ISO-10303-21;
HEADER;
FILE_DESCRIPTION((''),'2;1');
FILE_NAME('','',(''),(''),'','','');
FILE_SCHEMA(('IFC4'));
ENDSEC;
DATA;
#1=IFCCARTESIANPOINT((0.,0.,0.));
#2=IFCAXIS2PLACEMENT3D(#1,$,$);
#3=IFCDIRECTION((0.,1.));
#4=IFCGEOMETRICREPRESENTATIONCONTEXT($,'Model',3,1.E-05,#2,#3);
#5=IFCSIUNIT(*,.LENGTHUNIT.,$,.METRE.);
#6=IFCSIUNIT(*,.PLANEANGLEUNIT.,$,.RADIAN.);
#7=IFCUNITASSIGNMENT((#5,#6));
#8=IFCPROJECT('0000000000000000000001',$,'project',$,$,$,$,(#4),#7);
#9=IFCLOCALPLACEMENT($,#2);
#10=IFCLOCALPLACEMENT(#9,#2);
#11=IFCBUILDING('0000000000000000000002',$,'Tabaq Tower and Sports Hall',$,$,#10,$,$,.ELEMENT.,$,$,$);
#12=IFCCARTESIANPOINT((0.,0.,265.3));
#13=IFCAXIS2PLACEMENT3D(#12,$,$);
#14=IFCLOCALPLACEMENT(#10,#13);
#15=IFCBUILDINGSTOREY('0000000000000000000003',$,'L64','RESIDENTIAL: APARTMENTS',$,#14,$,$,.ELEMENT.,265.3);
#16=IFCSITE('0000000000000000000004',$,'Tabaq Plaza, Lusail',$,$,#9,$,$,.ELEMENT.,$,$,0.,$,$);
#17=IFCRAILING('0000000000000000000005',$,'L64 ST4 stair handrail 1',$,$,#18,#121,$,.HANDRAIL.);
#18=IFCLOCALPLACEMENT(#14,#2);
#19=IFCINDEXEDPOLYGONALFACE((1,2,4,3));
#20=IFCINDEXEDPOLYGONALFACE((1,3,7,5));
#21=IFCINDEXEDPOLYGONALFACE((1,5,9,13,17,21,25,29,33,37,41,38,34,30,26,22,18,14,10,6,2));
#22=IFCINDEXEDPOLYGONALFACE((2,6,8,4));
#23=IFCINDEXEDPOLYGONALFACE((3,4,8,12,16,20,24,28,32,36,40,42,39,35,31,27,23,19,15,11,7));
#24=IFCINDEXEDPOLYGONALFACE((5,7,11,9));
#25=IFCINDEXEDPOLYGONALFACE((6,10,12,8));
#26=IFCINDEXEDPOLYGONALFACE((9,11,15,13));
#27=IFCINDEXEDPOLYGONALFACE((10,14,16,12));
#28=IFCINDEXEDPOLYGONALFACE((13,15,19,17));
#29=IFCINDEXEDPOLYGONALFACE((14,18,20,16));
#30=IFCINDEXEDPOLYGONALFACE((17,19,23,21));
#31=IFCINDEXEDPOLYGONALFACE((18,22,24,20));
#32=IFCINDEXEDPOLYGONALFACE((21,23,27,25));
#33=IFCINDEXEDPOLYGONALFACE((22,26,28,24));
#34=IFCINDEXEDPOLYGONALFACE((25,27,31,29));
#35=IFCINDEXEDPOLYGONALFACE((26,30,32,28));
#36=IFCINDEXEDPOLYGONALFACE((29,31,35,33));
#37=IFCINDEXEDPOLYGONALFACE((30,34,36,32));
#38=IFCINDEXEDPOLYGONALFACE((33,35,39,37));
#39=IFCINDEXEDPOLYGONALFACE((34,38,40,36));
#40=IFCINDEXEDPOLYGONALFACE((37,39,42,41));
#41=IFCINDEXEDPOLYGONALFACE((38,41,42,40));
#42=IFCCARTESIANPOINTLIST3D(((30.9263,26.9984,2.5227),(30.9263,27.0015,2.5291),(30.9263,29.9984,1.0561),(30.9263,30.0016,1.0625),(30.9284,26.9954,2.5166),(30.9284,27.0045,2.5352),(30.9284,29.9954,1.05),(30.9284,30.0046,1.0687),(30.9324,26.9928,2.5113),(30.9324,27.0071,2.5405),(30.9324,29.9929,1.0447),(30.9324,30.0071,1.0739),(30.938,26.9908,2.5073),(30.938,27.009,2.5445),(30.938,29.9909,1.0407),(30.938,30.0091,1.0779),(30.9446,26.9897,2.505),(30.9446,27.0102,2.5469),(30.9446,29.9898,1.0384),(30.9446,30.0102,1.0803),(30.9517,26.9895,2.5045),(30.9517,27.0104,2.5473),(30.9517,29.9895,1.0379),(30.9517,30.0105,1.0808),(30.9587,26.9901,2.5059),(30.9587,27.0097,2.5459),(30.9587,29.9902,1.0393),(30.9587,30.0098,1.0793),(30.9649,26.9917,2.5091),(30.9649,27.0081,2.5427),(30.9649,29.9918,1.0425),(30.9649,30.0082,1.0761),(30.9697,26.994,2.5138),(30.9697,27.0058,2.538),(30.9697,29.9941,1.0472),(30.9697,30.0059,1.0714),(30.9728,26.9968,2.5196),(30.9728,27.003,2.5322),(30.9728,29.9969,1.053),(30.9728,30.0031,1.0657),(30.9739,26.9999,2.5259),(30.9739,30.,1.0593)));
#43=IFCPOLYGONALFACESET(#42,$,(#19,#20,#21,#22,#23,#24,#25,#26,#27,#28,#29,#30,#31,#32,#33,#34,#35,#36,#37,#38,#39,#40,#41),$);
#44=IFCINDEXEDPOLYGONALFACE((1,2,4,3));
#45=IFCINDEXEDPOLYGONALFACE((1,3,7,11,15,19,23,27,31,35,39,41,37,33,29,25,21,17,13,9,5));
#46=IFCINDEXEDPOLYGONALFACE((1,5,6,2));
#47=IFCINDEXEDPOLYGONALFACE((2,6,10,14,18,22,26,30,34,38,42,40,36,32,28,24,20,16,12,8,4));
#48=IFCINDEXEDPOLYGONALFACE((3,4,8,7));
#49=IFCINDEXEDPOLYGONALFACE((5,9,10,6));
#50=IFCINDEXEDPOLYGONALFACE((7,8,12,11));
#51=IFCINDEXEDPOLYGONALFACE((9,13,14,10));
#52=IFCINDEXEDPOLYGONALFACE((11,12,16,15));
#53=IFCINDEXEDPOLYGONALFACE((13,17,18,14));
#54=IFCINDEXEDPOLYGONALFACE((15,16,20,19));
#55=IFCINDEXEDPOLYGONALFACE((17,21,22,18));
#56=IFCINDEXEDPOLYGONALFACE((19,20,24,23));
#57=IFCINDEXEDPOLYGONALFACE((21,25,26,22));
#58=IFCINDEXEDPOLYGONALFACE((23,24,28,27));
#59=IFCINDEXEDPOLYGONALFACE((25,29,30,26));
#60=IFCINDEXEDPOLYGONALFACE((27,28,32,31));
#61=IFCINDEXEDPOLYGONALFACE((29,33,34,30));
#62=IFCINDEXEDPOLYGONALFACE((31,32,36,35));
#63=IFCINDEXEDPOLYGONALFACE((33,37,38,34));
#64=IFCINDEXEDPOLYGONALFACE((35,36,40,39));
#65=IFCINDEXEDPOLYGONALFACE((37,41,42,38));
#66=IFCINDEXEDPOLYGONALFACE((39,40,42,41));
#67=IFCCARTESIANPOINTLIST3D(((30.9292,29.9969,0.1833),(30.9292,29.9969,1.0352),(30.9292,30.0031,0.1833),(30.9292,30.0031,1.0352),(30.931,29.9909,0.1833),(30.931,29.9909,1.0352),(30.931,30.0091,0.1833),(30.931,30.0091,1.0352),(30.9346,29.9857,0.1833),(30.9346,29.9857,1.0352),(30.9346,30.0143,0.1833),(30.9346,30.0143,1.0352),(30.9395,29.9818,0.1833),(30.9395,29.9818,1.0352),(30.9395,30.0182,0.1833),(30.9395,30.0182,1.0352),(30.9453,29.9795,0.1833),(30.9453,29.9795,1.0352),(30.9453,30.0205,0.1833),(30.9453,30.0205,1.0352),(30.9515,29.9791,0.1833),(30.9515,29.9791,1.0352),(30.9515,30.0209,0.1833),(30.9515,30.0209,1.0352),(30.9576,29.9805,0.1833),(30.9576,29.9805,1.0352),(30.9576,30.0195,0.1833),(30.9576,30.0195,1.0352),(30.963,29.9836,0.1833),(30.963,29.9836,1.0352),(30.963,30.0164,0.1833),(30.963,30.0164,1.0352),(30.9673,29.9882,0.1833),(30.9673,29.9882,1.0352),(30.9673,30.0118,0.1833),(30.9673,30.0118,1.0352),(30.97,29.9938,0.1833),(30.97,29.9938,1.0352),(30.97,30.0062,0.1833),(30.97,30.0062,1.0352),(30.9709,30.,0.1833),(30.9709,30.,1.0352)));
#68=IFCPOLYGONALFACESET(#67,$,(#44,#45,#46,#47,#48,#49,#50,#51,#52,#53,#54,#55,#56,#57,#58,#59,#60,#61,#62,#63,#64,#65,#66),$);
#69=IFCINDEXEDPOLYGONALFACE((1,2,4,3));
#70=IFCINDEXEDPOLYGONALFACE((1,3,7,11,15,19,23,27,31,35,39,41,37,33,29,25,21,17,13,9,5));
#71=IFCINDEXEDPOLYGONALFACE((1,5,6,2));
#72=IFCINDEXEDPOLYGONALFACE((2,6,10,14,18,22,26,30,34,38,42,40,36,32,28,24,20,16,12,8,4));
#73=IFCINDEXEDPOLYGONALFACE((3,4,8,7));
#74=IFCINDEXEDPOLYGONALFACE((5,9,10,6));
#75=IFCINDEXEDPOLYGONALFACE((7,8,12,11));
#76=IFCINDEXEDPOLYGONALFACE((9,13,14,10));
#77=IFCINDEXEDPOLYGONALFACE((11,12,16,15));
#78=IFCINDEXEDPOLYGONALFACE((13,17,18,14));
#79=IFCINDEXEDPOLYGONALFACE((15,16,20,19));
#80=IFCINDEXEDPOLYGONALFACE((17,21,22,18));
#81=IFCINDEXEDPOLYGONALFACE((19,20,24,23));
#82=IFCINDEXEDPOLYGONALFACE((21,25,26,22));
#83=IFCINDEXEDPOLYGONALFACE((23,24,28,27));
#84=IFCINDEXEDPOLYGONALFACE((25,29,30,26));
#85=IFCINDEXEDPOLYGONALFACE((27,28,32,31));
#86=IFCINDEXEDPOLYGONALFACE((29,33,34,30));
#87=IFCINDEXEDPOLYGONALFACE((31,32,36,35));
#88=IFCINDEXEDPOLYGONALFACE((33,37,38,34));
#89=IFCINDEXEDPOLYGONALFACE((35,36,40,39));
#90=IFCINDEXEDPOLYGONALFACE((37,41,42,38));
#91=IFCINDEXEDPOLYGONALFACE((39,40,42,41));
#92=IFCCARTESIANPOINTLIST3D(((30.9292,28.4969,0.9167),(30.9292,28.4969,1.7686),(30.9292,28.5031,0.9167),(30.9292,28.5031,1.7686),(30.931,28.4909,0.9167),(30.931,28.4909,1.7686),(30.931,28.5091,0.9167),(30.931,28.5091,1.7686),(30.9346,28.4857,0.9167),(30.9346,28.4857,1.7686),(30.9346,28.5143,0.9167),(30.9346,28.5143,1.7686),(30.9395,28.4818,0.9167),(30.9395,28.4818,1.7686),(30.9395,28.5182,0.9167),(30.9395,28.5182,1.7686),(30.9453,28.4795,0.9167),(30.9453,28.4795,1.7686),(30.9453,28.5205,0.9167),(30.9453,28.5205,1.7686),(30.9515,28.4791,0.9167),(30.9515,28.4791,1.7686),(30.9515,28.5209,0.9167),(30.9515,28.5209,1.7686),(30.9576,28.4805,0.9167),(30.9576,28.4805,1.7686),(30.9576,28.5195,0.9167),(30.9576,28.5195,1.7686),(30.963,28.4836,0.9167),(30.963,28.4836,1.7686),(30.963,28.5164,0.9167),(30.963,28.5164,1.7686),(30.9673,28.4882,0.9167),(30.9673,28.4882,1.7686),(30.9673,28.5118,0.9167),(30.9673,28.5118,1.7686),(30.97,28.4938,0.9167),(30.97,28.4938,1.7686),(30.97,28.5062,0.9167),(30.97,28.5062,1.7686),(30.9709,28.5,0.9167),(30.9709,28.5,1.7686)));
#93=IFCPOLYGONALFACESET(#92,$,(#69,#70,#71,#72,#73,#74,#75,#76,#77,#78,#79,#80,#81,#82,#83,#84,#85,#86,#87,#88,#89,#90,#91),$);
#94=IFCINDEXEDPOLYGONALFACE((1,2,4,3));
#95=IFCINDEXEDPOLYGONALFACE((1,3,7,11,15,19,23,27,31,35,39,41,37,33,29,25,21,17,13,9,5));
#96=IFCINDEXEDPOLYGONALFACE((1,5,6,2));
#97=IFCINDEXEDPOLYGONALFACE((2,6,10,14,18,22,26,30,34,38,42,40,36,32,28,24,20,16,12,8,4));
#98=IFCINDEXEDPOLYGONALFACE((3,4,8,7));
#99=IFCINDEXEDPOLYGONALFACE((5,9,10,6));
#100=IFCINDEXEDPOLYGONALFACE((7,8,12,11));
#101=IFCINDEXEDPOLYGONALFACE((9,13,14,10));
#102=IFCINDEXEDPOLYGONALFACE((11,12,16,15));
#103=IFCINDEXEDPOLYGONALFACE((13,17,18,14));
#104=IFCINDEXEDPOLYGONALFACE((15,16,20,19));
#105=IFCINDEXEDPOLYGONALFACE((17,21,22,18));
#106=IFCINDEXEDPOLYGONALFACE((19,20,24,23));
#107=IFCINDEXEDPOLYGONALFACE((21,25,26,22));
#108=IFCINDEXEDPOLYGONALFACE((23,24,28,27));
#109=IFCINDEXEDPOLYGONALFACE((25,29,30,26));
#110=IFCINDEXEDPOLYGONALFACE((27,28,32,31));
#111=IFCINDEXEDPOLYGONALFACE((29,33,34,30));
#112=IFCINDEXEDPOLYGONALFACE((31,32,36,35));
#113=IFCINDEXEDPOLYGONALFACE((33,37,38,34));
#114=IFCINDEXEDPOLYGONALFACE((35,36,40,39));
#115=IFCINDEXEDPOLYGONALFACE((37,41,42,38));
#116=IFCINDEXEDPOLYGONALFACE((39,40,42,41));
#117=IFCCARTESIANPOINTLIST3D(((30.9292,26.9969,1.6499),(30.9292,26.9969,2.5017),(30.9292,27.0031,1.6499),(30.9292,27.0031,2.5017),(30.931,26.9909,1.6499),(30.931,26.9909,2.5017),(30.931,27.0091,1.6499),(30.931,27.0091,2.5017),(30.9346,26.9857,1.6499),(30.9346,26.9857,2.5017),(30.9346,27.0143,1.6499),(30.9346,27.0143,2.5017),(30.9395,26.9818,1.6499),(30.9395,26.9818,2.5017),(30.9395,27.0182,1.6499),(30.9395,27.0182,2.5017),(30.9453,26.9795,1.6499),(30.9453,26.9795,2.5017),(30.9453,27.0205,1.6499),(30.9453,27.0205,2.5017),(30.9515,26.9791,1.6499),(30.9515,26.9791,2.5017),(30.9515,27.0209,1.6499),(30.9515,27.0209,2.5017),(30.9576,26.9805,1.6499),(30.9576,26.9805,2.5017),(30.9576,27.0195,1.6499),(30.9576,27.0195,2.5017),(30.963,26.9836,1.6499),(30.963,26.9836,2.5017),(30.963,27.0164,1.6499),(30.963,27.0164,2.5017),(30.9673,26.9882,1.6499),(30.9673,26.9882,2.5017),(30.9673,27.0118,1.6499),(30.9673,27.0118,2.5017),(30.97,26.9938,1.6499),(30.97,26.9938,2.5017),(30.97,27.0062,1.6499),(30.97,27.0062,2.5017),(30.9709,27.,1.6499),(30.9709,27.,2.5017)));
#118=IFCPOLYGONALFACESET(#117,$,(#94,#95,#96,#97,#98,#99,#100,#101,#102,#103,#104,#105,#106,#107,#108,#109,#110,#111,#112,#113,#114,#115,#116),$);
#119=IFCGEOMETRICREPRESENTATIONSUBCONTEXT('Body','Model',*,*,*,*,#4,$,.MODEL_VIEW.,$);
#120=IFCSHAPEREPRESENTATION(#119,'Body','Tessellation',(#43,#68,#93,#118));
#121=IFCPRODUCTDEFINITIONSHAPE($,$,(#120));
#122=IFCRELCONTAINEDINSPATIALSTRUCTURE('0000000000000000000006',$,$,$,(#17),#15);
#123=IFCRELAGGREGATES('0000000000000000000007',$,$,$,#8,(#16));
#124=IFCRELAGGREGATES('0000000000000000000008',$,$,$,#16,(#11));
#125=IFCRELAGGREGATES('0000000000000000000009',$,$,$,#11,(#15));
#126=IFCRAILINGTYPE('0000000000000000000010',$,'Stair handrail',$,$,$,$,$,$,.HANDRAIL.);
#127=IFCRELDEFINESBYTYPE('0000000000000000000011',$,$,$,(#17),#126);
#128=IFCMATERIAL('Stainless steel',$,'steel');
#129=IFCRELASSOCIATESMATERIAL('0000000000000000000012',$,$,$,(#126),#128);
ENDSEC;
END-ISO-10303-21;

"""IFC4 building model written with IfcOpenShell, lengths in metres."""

from ifc_helpers import new_model, si_unit, direction, frame, origin, origin_2d, place, context, subcontext, project, spatial, circle, extrude, material, type_object, element, save


model = new_model("IFC4")

# Units and contexts
model_context = context("Model", 3, precision=1e-05, world=origin(), true_north=direction((0.0, 1.0)))
body_context = subcontext(model_context, "Body", "Model", "MODEL_VIEW")
ifc_project = project(units=[si_unit("LENGTHUNIT", "METRE"), si_unit("PLANEANGLEUNIT", "RADIAN")], contexts=[model_context])

# Site, building, storey
site_placement = place(None, origin())
site = spatial("IfcSite", under=ifc_project, at=site_placement, Name="Tabaq Plaza, Lusail", CompositionType="ELEMENT", RefElevation=0.0)
building_placement = place(site_placement, origin())
building = spatial("IfcBuilding", under=site, at=building_placement, Name="Tabaq Tower and Sports Hall", CompositionType="ELEMENT")
storey_placement = place(building_placement, frame((0.0, 0.0, 265.3)))
storey = spatial("IfcBuildingStorey", under=building, at=storey_placement, Name="L64", Description="RESIDENTIAL: APARTMENTS", CompositionType="ELEMENT", Elevation=265.3)

# Railing
ifc_material_1 = material(Name="Stainless steel", Category="steel")
railing_type_1 = type_object("IfcRailingType", Name="Stair handrail", PredefinedType="HANDRAIL", material=ifc_material_1)
railing_1_placement = place(storey_placement, frame((30.95, 30.0, 0.1833)))
element("IfcRailing", 1, at=railing_1_placement, inside=storey, type_object=railing_type_1, Name="L64 ST4 stair handrail 1", PredefinedType="HANDRAIL", context=body_context, shape_type="SweptSolid", body=[
    extrude(circle(Radius=0.0239, at=origin_2d()), frame((0.0, 0.0, 0.876), z_axis=(0.0, -0.898398, 0.439183), x_axis=(1.0, 0.0, 0.0)), (0.0, 0.0, 1.0), 3.3394),
    extrude(circle(Radius=0.021, at=origin_2d()), origin(), (0.0, 0.0, 1.0), 0.8518),
    extrude(circle(Radius=0.021, at=origin_2d()), frame((0.0, -1.5, 0.7334)), (0.0, 0.0, 1.0), 0.8518),
    extrude(circle(Radius=0.021, at=origin_2d()), frame((0.0, -3.0, 1.4666)), (0.0, 0.0, 1.0), 0.8518),
])

save(model, "model.ifc")
